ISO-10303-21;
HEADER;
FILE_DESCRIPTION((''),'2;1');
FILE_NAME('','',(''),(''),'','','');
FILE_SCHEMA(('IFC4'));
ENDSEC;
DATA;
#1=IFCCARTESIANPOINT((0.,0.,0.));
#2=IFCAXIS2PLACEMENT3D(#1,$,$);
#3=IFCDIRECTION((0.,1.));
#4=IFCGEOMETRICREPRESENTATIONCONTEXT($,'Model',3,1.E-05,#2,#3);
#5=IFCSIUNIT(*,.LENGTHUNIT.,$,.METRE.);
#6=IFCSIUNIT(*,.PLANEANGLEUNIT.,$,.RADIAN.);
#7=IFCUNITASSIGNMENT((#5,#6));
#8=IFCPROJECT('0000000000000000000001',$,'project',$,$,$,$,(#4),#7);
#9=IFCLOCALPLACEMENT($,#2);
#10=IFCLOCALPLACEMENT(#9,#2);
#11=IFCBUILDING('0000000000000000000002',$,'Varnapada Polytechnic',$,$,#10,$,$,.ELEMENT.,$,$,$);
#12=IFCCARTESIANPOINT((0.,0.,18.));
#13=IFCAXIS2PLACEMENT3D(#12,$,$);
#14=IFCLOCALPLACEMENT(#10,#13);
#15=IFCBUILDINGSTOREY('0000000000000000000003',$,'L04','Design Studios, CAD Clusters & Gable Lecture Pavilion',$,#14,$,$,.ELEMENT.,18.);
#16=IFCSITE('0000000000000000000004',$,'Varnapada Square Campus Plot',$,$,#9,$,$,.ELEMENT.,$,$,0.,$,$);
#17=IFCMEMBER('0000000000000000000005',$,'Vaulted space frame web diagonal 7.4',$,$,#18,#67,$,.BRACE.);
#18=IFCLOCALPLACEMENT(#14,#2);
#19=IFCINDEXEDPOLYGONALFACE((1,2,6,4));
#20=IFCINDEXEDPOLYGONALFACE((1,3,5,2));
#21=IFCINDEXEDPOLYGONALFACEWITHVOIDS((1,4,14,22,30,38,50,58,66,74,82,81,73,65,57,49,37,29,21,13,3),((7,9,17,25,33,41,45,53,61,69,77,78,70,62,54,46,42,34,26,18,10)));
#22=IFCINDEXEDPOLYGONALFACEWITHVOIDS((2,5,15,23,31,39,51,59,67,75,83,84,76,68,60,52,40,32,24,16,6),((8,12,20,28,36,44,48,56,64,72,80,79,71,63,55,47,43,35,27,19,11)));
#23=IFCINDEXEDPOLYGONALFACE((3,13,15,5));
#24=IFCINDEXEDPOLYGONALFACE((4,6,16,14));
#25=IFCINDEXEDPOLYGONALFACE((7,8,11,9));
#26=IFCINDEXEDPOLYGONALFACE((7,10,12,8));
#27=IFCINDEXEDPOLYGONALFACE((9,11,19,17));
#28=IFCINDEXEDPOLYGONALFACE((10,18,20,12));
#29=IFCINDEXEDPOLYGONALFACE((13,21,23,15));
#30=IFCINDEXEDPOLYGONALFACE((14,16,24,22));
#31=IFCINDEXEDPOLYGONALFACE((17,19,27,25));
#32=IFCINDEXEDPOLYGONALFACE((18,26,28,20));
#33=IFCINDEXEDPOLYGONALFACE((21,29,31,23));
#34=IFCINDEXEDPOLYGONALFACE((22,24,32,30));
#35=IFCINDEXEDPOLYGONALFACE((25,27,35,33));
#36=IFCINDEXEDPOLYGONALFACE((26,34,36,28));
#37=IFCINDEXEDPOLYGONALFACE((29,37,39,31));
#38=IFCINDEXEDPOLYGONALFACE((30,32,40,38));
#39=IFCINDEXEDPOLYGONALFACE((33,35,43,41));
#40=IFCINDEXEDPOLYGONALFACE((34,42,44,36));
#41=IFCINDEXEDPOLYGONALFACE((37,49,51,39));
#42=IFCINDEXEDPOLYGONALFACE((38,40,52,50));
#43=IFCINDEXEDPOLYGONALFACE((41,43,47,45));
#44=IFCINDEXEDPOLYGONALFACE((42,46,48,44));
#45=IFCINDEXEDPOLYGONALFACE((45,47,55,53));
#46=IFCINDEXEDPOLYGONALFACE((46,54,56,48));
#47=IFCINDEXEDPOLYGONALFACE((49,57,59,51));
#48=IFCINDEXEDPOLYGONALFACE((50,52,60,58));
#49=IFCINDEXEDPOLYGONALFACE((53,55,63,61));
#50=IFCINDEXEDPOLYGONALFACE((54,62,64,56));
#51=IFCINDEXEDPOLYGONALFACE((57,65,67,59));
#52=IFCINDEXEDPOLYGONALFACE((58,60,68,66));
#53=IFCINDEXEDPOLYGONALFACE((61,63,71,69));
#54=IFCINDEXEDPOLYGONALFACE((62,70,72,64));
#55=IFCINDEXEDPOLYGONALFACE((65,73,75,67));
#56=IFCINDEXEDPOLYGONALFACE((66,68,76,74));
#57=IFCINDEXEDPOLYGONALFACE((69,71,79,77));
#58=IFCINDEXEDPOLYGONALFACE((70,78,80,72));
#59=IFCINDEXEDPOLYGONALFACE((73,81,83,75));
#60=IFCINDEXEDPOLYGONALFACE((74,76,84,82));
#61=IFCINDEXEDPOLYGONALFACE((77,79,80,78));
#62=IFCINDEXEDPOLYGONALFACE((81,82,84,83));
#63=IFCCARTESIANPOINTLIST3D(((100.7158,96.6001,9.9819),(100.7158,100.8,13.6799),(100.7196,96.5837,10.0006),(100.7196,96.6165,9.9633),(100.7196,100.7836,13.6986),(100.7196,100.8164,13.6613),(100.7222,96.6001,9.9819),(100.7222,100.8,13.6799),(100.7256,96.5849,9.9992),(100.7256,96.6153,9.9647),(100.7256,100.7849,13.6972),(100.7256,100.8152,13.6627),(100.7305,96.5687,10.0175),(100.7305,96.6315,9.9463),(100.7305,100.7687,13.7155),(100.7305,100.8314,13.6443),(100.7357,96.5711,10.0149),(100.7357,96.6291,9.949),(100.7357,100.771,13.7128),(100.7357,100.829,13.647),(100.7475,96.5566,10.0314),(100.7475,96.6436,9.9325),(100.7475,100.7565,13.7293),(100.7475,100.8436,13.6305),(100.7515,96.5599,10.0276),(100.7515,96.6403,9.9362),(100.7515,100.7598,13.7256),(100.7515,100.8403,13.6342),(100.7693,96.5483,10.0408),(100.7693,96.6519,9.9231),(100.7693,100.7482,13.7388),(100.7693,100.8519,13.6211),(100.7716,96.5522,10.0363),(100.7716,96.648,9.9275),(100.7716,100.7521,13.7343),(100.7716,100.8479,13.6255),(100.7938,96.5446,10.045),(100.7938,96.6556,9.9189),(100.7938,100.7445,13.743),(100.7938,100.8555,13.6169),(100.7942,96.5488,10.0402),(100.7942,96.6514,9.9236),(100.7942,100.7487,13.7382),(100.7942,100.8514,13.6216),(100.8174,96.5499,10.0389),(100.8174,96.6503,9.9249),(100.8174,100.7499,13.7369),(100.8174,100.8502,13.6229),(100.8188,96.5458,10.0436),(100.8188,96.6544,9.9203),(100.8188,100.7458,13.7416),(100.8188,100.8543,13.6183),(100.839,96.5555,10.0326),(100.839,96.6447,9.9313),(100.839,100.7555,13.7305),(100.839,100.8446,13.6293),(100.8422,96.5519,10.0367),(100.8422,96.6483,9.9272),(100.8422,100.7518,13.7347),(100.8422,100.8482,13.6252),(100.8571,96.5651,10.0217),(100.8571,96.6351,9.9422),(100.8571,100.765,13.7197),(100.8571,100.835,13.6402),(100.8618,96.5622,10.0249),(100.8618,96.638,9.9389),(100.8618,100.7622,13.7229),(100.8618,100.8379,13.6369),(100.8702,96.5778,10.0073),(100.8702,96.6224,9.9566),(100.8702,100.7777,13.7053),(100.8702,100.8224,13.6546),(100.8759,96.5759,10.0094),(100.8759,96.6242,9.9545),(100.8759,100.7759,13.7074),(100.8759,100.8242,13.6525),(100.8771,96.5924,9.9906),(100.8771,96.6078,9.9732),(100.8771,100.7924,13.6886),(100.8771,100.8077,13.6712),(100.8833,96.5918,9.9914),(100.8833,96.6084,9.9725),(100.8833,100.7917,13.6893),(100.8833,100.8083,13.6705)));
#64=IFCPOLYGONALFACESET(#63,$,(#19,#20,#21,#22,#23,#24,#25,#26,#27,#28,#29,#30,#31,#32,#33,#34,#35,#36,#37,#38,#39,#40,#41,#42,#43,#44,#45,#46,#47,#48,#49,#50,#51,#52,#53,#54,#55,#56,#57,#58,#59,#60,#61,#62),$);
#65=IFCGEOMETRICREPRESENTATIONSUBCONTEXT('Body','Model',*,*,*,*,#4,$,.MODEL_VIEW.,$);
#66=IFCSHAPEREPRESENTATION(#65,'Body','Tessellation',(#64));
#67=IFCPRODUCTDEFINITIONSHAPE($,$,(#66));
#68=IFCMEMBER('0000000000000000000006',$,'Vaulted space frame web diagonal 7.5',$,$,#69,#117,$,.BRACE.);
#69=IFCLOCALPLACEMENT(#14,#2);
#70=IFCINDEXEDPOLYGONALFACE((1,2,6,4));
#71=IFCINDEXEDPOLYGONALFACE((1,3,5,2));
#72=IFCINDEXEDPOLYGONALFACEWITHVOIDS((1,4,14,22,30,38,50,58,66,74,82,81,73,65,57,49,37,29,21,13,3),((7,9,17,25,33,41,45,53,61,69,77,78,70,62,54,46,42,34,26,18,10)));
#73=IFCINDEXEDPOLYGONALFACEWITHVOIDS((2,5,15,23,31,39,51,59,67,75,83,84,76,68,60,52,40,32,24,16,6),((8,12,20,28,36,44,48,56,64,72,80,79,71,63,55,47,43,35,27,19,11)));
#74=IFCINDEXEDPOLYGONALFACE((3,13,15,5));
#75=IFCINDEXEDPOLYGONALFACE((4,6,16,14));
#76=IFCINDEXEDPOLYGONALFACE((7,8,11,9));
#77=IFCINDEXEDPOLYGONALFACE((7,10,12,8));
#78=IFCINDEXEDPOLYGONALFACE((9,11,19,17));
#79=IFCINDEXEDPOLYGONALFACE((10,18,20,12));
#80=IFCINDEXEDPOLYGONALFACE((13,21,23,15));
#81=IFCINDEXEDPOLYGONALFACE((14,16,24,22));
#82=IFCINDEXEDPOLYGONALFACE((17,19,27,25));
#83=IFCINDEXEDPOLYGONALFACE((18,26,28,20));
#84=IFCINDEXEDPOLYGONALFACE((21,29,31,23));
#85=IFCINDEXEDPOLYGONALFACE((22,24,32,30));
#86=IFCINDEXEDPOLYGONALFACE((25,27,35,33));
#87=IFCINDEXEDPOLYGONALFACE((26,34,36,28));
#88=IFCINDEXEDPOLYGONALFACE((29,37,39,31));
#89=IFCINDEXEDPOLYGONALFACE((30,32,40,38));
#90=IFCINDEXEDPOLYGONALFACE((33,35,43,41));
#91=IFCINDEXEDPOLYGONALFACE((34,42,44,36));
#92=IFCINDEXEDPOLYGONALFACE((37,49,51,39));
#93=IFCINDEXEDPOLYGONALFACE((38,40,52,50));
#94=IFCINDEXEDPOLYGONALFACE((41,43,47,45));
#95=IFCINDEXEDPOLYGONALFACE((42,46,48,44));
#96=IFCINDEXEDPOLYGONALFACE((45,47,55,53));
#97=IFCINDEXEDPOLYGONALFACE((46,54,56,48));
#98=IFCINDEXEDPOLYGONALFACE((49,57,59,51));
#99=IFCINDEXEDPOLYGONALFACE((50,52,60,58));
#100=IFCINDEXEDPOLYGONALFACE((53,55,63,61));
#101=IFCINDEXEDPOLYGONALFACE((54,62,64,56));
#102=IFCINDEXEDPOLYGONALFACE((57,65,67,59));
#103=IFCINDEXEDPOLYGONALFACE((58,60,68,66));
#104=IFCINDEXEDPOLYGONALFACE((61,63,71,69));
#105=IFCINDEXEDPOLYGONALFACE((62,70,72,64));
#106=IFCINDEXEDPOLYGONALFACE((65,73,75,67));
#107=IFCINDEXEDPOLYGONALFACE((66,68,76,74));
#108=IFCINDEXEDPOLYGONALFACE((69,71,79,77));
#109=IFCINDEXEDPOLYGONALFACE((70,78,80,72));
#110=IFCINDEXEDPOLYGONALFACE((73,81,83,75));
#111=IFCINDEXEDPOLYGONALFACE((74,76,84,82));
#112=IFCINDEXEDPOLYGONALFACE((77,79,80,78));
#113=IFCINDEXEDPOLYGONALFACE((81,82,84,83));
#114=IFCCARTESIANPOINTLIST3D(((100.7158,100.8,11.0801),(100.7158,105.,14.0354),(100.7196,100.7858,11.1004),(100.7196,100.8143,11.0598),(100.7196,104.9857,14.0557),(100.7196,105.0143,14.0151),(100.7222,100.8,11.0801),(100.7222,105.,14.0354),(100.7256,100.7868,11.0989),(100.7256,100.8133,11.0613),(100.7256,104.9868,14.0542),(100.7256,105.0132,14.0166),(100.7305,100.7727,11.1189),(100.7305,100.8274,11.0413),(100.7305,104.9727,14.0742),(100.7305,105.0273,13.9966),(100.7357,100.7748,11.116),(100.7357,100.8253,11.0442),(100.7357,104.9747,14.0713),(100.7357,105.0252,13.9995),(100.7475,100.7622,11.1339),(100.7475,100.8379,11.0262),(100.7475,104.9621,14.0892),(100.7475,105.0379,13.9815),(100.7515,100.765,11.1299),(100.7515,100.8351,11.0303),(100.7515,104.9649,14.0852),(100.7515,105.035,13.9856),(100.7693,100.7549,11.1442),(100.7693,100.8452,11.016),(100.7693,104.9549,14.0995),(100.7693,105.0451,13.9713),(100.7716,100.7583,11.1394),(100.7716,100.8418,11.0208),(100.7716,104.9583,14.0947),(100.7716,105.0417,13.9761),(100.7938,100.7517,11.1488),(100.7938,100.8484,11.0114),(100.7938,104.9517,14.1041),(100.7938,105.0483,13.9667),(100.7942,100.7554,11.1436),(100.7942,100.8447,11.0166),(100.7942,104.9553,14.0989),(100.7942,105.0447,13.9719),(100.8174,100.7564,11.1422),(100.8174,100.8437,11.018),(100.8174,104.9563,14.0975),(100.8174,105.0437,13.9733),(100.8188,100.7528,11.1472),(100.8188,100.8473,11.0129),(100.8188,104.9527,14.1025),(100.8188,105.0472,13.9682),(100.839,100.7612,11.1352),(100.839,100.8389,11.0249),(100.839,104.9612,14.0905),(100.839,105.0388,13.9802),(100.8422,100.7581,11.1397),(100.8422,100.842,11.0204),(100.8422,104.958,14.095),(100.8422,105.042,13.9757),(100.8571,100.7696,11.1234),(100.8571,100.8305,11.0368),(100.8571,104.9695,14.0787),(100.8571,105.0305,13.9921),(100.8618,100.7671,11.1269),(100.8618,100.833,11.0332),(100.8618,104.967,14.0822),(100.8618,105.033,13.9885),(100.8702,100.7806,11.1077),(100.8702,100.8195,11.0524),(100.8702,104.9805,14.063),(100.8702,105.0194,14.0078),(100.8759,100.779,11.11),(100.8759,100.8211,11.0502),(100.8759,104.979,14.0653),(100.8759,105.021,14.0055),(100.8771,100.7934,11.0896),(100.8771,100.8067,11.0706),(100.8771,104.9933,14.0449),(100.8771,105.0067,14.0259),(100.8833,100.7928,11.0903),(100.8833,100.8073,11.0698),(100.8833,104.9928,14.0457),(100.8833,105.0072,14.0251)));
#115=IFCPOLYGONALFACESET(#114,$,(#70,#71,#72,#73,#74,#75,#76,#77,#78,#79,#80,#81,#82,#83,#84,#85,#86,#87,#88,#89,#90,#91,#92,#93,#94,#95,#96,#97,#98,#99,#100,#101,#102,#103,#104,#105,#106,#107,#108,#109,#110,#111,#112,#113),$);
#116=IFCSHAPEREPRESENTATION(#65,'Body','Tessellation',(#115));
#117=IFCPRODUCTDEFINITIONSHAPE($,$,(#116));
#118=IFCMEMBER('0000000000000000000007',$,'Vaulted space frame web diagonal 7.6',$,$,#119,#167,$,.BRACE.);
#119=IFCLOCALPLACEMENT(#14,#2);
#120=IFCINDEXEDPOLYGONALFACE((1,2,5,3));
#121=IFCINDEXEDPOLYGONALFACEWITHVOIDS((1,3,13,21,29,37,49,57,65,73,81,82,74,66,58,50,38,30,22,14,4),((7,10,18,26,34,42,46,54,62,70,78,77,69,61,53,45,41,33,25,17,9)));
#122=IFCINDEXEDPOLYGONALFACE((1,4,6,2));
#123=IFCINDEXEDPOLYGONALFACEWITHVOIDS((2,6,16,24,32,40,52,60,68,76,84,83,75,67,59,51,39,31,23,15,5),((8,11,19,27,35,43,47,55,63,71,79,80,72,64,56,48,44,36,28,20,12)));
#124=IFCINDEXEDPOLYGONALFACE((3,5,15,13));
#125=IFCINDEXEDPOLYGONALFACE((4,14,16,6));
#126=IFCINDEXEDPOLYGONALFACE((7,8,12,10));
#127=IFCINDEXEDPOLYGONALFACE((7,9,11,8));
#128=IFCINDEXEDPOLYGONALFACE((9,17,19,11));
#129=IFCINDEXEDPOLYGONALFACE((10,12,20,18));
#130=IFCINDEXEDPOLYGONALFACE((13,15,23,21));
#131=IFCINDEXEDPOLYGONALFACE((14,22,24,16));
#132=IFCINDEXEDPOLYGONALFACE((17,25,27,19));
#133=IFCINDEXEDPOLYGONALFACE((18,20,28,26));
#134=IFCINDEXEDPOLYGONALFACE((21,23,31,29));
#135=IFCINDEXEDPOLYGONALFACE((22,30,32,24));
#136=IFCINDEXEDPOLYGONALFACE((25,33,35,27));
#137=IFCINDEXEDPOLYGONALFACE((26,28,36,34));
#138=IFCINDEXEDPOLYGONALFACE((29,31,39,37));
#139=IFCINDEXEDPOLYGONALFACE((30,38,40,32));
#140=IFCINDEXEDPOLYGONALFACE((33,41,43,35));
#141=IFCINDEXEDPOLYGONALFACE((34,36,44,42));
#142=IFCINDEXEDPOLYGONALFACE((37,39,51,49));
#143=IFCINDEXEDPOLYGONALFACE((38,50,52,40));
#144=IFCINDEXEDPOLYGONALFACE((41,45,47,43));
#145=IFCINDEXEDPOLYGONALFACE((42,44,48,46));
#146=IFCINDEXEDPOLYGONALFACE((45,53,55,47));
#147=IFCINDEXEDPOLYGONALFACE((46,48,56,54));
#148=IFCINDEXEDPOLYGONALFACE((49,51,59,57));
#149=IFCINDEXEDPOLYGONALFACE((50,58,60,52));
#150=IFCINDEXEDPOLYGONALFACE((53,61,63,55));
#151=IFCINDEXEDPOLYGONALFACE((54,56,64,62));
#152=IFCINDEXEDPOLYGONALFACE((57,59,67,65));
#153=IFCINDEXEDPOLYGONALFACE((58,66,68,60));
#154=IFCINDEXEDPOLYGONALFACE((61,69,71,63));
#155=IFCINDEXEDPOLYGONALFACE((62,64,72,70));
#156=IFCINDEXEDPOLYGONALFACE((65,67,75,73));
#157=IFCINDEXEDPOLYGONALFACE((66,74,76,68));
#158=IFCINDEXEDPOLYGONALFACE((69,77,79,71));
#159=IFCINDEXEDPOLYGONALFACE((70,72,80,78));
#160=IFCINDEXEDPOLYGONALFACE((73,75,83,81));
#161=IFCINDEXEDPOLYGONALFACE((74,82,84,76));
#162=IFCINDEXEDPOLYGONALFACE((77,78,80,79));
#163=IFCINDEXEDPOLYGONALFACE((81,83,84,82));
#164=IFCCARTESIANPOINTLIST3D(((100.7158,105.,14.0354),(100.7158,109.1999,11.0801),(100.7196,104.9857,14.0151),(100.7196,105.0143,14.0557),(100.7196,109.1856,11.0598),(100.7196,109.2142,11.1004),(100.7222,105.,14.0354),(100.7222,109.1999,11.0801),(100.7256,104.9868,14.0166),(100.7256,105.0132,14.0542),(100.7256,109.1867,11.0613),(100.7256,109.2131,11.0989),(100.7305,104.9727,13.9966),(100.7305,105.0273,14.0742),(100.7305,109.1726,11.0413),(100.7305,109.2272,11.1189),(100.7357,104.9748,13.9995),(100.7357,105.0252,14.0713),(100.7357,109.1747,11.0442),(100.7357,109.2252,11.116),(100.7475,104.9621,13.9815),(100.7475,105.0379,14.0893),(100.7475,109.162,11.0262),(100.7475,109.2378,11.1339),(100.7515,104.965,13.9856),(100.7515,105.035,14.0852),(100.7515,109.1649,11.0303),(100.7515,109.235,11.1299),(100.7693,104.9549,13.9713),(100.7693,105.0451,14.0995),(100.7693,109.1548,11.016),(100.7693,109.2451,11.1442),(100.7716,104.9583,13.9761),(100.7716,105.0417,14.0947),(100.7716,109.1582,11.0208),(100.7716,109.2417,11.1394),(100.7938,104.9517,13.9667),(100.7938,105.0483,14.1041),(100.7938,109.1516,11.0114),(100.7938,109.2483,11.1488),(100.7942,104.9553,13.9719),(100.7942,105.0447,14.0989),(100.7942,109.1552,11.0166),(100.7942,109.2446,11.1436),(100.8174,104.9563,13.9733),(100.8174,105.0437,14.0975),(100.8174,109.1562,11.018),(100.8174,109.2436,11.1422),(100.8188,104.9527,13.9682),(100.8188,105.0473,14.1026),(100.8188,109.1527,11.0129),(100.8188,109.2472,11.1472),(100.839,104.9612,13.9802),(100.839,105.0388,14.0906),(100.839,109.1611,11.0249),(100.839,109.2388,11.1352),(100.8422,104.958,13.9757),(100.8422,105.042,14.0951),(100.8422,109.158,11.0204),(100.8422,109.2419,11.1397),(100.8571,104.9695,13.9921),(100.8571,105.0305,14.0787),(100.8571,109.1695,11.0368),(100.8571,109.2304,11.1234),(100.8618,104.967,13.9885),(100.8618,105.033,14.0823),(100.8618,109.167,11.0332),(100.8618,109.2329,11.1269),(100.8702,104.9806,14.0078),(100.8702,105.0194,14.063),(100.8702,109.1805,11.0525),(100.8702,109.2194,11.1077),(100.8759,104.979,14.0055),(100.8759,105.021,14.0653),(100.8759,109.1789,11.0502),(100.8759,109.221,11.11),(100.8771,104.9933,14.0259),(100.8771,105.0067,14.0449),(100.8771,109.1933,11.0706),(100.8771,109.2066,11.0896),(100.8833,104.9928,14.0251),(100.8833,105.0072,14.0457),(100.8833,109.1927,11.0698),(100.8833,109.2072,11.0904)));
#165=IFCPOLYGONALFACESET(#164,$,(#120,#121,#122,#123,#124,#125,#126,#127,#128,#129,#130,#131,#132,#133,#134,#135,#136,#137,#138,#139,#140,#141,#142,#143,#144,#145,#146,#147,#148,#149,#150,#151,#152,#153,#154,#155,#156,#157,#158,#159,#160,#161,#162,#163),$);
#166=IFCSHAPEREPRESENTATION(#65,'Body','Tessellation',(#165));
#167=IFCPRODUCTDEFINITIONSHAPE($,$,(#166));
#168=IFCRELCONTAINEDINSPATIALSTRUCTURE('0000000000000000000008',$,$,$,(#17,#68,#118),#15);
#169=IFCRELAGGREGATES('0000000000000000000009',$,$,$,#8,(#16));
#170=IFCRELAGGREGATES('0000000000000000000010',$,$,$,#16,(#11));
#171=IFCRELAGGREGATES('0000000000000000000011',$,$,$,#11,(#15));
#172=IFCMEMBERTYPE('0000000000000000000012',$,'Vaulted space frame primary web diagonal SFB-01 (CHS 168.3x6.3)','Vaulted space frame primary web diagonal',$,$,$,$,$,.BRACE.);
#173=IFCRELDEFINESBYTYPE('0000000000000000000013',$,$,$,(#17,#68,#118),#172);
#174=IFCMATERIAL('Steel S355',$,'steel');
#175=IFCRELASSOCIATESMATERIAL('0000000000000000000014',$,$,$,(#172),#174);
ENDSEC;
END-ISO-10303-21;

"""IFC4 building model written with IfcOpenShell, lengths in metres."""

from ifc_helpers import new_model, si_unit, direction, frame, origin, origin_2d, place, context, subcontext, project, spatial, hollow_circle, extrude, material, material_profile, profile_set, type_object, element, save


model = new_model("IFC4")

# Units and contexts
model_context = context("Model", 3, precision=1e-05, world=origin(), true_north=direction((0.0, 1.0)))
body_context = subcontext(model_context, "Body", "Model", "MODEL_VIEW")
ifc_project = project(units=[si_unit("LENGTHUNIT", "METRE"), si_unit("PLANEANGLEUNIT", "RADIAN")], contexts=[model_context])

# Site, building, storey
site_placement = place(None, origin())
site = spatial("IfcSite", under=ifc_project, at=site_placement, Name="Varnapada Square Campus Plot", CompositionType="ELEMENT", RefElevation=0.0)
building_placement = place(site_placement, origin())
building = spatial("IfcBuilding", under=site, at=building_placement, Name="Varnapada Polytechnic", CompositionType="ELEMENT")
storey_placement = place(building_placement, frame((0.0, 0.0, 18.0)))
storey = spatial("IfcBuildingStorey", under=building, at=storey_placement, Name="L04", Description="Design Studios, CAD Clusters & Gable Lecture Pavilion", CompositionType="ELEMENT", Elevation=18.0)

# Shared definitions
ifc_material = material(Name="Steel S355", Category="steel")

# Members
ifc_material_profile_1 = material_profile(ifc_material, hollow_circle(Radius=0.0842, WallThickness=0.0063, at=origin_2d()), Name="CHS 168.3x6.3")
ifc_profile_set_1 = profile_set([ifc_material_profile_1], Name="Steel S355")
member_type_1 = type_object("IfcMemberType", Name="Vaulted space frame primary web diagonal SFB-01 (CHS 168.3x6.3)", Description="Vaulted space frame primary web diagonal", PredefinedType="BRACE", material=ifc_profile_set_1)
member_1_placement = place(storey_placement, frame((100.8, 96.6001, 9.9819), z_axis=(0.0, 0.750533, 0.660833), x_axis=(-1.0, 0.0, 0.0)))
element("IfcMember", 1, at=member_1_placement, inside=storey, type_object=member_type_1, Name="Vaulted space frame web diagonal 7.4", PredefinedType="BRACE", context=body_context, shape_type="SweptSolid", body=[
    extrude(hollow_circle(Radius=0.0842, WallThickness=0.0063, at=origin_2d()), origin(), (0.0, 0.0, 1.0), 5.5959),
])
for number, where, z_axis, x_axis, name in (
    (2, (100.8, 100.8, 11.0801), (0.0, 0.817825, 0.575467), (-1.0, 0.0, 0.0), "Vaulted space frame web diagonal 7.5"),
    (3, (100.8, 105.0, 14.0354), (0.0, 0.817825, -0.575467), (-1.0, 0.0, 0.0), "Vaulted space frame web diagonal 7.6"),
):
    element("IfcMember", number, at=place(storey_placement, frame(where, z_axis=z_axis, x_axis=x_axis)), inside=storey, type_object=member_type_1, Name=name, PredefinedType="BRACE", context=body_context, shape_type="SweptSolid", body=[
        extrude(hollow_circle(Radius=0.0842, WallThickness=0.0063, at=origin_2d()), origin(), (0.0, 0.0, 1.0), 5.1355),
    ])

save(model, "model.ifc")
